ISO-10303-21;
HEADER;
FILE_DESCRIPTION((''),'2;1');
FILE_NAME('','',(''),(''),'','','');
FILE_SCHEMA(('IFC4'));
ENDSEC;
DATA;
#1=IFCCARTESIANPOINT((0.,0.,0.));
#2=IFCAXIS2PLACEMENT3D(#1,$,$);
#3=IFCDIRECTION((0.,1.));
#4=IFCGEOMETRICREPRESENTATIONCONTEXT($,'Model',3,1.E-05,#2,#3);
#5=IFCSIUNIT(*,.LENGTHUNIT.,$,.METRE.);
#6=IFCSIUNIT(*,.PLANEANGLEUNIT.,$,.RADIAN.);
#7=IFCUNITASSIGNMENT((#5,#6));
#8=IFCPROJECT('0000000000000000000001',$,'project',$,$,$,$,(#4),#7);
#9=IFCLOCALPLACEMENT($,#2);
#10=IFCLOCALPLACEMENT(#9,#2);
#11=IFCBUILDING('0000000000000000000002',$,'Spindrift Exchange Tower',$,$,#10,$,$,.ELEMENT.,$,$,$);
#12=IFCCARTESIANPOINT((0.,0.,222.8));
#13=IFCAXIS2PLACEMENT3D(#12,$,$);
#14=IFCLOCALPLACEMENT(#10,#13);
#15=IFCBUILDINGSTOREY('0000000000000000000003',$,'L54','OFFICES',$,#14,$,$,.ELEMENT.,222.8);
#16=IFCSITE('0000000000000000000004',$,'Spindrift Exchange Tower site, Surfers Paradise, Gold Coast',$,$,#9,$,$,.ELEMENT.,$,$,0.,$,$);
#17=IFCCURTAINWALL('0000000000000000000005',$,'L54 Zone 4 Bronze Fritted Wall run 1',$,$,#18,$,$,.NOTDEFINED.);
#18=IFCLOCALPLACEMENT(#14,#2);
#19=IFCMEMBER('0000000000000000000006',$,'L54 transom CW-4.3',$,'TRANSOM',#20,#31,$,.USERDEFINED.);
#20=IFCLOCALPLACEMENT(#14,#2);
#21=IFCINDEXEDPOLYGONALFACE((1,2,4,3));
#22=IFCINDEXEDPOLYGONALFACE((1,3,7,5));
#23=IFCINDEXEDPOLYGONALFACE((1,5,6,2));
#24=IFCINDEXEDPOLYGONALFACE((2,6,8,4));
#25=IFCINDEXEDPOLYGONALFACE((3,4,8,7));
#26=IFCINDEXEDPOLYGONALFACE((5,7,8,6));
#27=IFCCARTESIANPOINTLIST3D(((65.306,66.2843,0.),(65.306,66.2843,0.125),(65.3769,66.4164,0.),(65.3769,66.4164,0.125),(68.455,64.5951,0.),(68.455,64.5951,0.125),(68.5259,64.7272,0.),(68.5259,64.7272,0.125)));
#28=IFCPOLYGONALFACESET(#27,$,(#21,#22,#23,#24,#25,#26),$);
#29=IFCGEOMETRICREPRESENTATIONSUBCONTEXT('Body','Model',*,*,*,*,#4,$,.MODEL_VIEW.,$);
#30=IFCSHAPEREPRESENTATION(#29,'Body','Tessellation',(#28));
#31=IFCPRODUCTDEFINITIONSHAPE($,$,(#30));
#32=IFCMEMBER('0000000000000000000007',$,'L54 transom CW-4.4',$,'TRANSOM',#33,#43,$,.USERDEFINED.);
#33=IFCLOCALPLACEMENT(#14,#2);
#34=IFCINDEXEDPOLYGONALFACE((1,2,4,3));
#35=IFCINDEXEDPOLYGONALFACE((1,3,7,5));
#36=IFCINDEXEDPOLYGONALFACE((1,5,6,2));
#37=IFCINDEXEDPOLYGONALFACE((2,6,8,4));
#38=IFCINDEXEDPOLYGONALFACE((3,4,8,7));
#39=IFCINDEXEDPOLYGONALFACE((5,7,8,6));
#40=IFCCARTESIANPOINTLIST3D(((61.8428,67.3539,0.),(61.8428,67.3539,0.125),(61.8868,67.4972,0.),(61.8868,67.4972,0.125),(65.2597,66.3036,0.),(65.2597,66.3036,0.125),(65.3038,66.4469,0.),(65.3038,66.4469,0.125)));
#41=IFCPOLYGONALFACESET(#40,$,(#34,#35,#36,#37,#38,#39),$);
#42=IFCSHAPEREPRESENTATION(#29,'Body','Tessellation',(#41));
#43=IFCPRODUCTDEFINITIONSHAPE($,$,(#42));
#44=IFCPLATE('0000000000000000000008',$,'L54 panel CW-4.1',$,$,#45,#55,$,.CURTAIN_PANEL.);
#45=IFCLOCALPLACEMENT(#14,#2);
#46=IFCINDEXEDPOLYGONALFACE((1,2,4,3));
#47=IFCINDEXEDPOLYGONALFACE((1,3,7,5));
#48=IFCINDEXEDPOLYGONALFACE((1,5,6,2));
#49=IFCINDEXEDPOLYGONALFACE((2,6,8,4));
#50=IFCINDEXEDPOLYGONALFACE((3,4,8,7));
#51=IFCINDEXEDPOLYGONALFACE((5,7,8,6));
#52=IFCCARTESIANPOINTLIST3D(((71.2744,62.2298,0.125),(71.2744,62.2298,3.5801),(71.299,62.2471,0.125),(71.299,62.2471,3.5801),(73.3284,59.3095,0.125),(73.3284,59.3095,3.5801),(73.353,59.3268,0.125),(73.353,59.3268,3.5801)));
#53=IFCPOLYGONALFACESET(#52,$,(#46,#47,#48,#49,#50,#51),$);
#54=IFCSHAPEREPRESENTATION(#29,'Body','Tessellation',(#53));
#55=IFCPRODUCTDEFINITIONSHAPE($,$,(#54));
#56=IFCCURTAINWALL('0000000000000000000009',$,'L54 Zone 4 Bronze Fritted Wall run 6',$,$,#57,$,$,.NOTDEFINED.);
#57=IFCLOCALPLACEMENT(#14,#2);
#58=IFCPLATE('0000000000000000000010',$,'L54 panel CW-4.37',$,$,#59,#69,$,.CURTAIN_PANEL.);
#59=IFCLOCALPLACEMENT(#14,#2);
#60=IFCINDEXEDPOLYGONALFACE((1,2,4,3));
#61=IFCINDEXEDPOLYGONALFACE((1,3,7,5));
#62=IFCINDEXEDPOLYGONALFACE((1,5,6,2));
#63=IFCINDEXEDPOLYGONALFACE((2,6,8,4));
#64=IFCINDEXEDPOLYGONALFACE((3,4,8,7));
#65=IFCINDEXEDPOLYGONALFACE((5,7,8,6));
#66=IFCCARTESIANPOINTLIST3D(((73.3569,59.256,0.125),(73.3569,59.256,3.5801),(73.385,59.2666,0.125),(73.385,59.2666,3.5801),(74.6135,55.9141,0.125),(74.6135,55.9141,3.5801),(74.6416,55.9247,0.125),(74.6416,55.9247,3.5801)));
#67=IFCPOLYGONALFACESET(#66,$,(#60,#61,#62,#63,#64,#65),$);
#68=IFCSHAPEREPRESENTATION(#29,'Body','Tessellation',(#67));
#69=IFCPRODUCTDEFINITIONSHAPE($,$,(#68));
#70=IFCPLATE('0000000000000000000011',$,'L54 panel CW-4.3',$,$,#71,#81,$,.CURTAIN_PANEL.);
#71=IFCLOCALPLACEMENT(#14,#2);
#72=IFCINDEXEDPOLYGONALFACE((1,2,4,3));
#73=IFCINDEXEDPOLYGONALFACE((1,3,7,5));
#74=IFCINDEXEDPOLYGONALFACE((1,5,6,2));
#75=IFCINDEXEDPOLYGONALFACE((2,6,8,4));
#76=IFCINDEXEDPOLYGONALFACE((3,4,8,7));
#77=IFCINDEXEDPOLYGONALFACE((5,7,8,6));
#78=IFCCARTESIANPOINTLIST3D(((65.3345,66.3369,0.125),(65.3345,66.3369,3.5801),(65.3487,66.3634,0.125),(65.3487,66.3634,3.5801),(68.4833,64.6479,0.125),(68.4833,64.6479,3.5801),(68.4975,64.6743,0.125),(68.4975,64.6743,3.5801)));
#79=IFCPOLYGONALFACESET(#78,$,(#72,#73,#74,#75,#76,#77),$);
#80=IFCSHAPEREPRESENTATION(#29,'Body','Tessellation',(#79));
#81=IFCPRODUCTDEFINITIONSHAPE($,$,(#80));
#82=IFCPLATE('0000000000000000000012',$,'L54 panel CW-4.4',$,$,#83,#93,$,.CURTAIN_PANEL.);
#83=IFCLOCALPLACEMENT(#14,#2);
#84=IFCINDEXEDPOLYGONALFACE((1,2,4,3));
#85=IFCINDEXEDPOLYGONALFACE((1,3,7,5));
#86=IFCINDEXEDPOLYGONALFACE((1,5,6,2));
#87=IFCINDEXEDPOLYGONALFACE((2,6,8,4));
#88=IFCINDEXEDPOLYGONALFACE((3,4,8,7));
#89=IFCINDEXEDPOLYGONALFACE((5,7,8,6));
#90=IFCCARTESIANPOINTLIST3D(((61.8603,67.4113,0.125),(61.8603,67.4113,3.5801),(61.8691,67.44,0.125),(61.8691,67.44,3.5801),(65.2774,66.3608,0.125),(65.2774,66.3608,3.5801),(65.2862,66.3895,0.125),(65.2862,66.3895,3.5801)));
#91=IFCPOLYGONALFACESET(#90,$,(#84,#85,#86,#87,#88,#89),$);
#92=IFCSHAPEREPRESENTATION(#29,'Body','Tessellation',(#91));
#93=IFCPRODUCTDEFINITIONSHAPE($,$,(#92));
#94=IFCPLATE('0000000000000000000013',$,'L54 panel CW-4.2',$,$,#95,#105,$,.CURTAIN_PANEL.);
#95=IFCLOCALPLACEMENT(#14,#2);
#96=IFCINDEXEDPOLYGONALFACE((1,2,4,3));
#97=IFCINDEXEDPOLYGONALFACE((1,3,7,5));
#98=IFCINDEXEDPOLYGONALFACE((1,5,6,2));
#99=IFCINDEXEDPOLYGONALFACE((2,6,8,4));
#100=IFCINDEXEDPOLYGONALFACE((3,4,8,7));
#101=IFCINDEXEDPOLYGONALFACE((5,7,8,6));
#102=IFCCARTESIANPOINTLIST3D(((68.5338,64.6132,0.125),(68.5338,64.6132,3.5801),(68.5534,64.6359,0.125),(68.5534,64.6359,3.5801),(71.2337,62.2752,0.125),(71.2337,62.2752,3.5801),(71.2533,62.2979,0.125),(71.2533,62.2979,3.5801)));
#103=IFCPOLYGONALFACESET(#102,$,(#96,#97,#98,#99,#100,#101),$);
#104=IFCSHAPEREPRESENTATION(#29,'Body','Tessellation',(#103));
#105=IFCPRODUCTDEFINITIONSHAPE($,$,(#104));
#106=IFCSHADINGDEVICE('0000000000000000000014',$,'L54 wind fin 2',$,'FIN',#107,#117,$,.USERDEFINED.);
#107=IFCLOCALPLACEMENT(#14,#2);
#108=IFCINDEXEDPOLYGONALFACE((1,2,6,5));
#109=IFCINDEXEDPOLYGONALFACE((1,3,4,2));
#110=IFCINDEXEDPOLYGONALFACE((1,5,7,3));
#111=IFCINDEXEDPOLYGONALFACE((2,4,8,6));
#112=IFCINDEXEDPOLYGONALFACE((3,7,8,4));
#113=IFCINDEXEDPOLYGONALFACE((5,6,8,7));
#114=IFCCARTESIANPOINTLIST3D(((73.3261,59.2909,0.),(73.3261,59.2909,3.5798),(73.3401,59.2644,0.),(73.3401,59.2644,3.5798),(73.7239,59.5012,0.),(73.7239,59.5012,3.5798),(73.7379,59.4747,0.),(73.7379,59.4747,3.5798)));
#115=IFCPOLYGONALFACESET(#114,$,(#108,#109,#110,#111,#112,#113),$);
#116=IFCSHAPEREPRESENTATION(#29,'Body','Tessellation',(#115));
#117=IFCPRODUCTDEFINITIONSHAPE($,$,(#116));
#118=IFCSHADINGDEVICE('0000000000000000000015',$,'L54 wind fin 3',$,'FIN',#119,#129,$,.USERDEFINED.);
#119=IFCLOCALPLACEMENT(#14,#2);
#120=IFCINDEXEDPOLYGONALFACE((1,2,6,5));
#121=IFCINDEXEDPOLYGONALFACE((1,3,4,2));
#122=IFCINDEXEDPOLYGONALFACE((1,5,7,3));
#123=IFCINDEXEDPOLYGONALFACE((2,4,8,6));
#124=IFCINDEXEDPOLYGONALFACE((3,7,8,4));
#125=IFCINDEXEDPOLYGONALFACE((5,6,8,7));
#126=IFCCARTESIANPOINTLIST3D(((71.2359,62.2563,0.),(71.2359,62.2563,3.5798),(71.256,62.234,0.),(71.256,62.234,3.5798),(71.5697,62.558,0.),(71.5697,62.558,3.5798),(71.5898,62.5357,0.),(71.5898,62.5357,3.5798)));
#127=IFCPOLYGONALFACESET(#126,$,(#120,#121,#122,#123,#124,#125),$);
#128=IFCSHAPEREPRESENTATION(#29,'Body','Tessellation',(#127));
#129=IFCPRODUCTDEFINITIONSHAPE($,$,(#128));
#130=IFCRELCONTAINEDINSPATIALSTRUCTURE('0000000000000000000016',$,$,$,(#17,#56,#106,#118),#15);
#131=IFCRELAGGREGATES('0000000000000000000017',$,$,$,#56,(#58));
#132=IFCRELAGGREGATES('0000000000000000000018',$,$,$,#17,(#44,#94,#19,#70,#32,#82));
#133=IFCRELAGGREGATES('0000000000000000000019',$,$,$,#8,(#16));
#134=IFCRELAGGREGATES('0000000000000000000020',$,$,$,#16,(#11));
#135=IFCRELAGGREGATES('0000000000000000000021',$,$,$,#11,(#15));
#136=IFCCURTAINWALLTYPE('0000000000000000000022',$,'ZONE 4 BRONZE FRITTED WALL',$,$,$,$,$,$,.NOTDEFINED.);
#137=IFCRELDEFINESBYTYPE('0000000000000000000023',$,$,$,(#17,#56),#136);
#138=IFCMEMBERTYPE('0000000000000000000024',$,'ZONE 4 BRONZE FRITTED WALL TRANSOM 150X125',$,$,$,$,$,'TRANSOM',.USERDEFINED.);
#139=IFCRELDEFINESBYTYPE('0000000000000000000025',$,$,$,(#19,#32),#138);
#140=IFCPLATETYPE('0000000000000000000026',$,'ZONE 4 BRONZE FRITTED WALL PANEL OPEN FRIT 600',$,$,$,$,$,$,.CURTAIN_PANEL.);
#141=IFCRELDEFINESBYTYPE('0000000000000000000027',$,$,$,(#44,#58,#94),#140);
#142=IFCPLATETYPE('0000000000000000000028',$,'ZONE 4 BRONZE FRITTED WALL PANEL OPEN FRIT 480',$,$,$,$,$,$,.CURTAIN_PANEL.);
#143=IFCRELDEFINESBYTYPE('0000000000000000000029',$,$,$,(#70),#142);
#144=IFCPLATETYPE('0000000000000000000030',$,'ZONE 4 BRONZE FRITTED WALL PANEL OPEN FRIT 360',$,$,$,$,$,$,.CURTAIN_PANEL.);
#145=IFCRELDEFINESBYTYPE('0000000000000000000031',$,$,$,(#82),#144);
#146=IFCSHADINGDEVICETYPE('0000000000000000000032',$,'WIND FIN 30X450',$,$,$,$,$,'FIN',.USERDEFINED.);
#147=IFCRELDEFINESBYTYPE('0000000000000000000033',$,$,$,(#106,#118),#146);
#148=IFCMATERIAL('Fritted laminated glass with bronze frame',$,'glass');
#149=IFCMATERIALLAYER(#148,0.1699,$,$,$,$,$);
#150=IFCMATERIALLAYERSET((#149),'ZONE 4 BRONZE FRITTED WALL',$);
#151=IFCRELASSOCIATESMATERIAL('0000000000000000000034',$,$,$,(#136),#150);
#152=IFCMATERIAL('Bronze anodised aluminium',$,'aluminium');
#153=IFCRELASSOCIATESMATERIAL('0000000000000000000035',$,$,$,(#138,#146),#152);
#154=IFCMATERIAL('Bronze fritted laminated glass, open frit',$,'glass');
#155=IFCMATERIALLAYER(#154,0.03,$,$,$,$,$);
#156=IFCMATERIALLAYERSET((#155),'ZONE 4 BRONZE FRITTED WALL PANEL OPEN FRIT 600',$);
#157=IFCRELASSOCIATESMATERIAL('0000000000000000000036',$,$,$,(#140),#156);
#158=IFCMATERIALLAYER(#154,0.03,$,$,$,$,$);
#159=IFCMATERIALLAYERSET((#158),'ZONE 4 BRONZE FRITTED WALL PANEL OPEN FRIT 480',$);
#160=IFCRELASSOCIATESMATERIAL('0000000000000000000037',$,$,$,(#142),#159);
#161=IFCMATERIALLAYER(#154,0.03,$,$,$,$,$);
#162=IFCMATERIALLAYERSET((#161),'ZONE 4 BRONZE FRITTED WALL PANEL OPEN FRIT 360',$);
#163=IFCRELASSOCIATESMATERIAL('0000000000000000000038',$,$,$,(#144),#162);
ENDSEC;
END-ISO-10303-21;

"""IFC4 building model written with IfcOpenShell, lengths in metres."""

from ifc_helpers import new_model, si_unit, direction, frame, origin, origin_2d, place, context, subcontext, project, spatial, rectangle, extrude, source, transform, mapped, material, layer, layer_set, material_profile, profile_set, type_object, element, aggregate, save


model = new_model("IFC4")

# Units and contexts
model_context = context("Model", 3, precision=1e-05, world=origin(), true_north=direction((0.0, 1.0)))
body_context = subcontext(model_context, "Body", "Model", "MODEL_VIEW")
ifc_project = project(units=[si_unit("LENGTHUNIT", "METRE"), si_unit("PLANEANGLEUNIT", "RADIAN")], contexts=[model_context])

# Site, building, storey
site_placement = place(None, origin())
site = spatial("IfcSite", under=ifc_project, at=site_placement, Name="Spindrift Exchange Tower site, Surfers Paradise, Gold Coast", CompositionType="ELEMENT", RefElevation=0.0)
building_placement = place(site_placement, origin())
building = spatial("IfcBuilding", under=site, at=building_placement, Name="Spindrift Exchange Tower", CompositionType="ELEMENT")
storey_placement = place(building_placement, frame((0.0, 0.0, 222.8)))
storey = spatial("IfcBuildingStorey", under=building, at=storey_placement, Name="L54", Description="OFFICES", CompositionType="ELEMENT", Elevation=222.8)

# Curtain wall, members, plate
ifc_material_1 = material(Name="Fritted laminated glass with bronze frame", Category="glass")
ifc_layer_1 = layer(ifc_material_1, 0.1699)
ifc_layer_set_1 = layer_set([ifc_layer_1], Name="ZONE 4 BRONZE FRITTED WALL")
curtain_wall_type = type_object("IfcCurtainWallType", Name="ZONE 4 BRONZE FRITTED WALL", PredefinedType="NOTDEFINED", material=ifc_layer_set_1)
curtain_wall_1_placement = place(storey_placement, origin())
curtain_wall_1 = element("IfcCurtainWall", 1, at=curtain_wall_1_placement, inside=storey, type_object=curtain_wall_type, Name="L54 Zone 4 Bronze Fritted Wall run 1", PredefinedType="NOTDEFINED")
ifc_material_2 = material(Name="Bronze anodised aluminium", Category="aluminium")
ifc_material_profile_1 = material_profile(ifc_material_2, rectangle(XDim=0.1499, YDim=0.125, at=origin_2d()), Name="ZONE 4 BRONZE FRITTED WALL TRANSOM 150X125")
ifc_profile_set_1 = profile_set([ifc_material_profile_1], Name="Bronze anodised aluminium")
member_type_1 = type_object("IfcMemberType", Name="ZONE 4 BRONZE FRITTED WALL TRANSOM 150X125", ElementType="TRANSOM", PredefinedType="USERDEFINED", material=ifc_profile_set_1)
shared_shape_1 = source(origin(), body_context, "Body", "SweptSolid", [
    extrude(rectangle(XDim=0.1499, YDim=0.125, at=origin_2d()), origin(), (0.0, 0.0, 1.0), 3.5735),
])
member_1_placement = place(storey_placement, frame((68.4905, 64.6611, 0.0625), z_axis=(-0.881214, 0.472718, 0.0), x_axis=(-0.472718, -0.881214, 0.0)))
member_1 = element("IfcMember", 2, at=member_1_placement, type_object=member_type_1, Name="L54 transom CW-4.3", ObjectType="TRANSOM", PredefinedType="USERDEFINED", context=body_context, shape_type="MappedRepresentation", body=[
    mapped(shared_shape_1, transform((0.0, 0.0, 0.0), scale=1.0)),
])
shared_shape_2 = source(origin(), body_context, "Body", "SweptSolid", [
    extrude(rectangle(XDim=0.1499, YDim=0.125, at=origin_2d()), origin(), (0.0, 0.0, 1.0), 3.5747),
])
member_2_placement = place(storey_placement, frame((65.2817, 66.3752, 0.0625), z_axis=(-0.955865, 0.293807, 0.0), x_axis=(-0.293807, -0.955865, 0.0)))
member_2 = element("IfcMember", 3, at=member_2_placement, type_object=member_type_1, Name="L54 transom CW-4.4", ObjectType="TRANSOM", PredefinedType="USERDEFINED", context=body_context, shape_type="MappedRepresentation", body=[
    mapped(shared_shape_2, transform((0.0, 0.0, 0.0), scale=1.0)),
])
ifc_material_3 = material(Name="Bronze fritted laminated glass, open frit", Category="glass")
ifc_layer_2 = layer(ifc_material_3, 0.03)
ifc_layer_set_2 = layer_set([ifc_layer_2], Name="ZONE 4 BRONZE FRITTED WALL PANEL OPEN FRIT 600")
plate_type_1 = type_object("IfcPlateType", Name="ZONE 4 BRONZE FRITTED WALL PANEL OPEN FRIT 600", PredefinedType="CURTAIN_PANEL", material=ifc_layer_set_2)
shared_shape_3 = source(origin(), body_context, "Body", "SweptSolid", [
    extrude(rectangle(XDim=3.5703, YDim=0.03, at=origin_2d()), origin(), (0.0, 0.0, 1.0), 3.4551),
])
plate_1_placement = place(storey_placement, frame((72.3137, 60.7783, 0.125), z_axis=(0.0, 0.0, 1.0), x_axis=(-0.575298, 0.817944, 0.0)))
plate_1 = element("IfcPlate", 4, at=plate_1_placement, type_object=plate_type_1, Name="L54 panel CW-4.1", PredefinedType="CURTAIN_PANEL", context=body_context, shape_type="MappedRepresentation", body=[
    mapped(shared_shape_3, transform((0.0, 0.0, 0.0), scale=1.0)),
])

# Curtain wall, plate
curtain_wall_2_placement = place(storey_placement, origin())
curtain_wall_2 = element("IfcCurtainWall", 5, at=curtain_wall_2_placement, inside=storey, type_object=curtain_wall_type, Name="L54 Zone 4 Bronze Fritted Wall run 6", PredefinedType="NOTDEFINED")
plate_2_placement = place(storey_placement, frame((73.9993, 57.5903, 0.125), z_axis=(0.0, 0.0, 1.0), x_axis=(-0.351949, 0.936019, 0.0)))
plate_2 = element("IfcPlate", 6, at=plate_2_placement, type_object=plate_type_1, Name="L54 panel CW-4.37", PredefinedType="CURTAIN_PANEL", context=body_context, shape_type="MappedRepresentation", body=[
    mapped(shared_shape_3, transform((0.0, 0.0, 0.0), scale=1.0)),
])
aggregate(curtain_wall_2, [plate_2])

# Plates
ifc_layer_3 = layer(ifc_material_3, 0.03)
ifc_layer_set_3 = layer_set([ifc_layer_3], Name="ZONE 4 BRONZE FRITTED WALL PANEL OPEN FRIT 480")
plate_type_2 = type_object("IfcPlateType", Name="ZONE 4 BRONZE FRITTED WALL PANEL OPEN FRIT 480", PredefinedType="CURTAIN_PANEL", material=ifc_layer_set_3)
shared_shape_4 = source(origin(), body_context, "Body", "SweptSolid", [
    extrude(rectangle(XDim=3.5732, YDim=0.03, at=origin_2d()), origin(), (0.0, 0.0, 1.0), 3.4551),
])
plate_3_placement = place(storey_placement, frame((66.916, 65.5056, 0.125), z_axis=(0.0, 0.0, 1.0), x_axis=(-0.881229, 0.472689, 0.0)))
plate_3 = element("IfcPlate", 7, at=plate_3_placement, type_object=plate_type_2, Name="L54 panel CW-4.3", PredefinedType="CURTAIN_PANEL", context=body_context, shape_type="MappedRepresentation", body=[
    mapped(shared_shape_4, transform((0.0, 0.0, 0.0), scale=1.0)),
])
ifc_layer_4 = layer(ifc_material_3, 0.03)
ifc_layer_set_4 = layer_set([ifc_layer_4], Name="ZONE 4 BRONZE FRITTED WALL PANEL OPEN FRIT 360")
plate_type_3 = type_object("IfcPlateType", Name="ZONE 4 BRONZE FRITTED WALL PANEL OPEN FRIT 360", PredefinedType="CURTAIN_PANEL", material=ifc_layer_set_4)
shared_shape_5 = source(origin(), body_context, "Body", "SweptSolid", [
    extrude(rectangle(XDim=3.575, YDim=0.03, at=origin_2d()), origin(), (0.0, 0.0, 1.0), 3.4551),
])
plate_4_placement = place(storey_placement, frame((63.5732, 66.9004, 0.125), z_axis=(0.0, 0.0, 1.0), x_axis=(-0.95585, 0.293853, 0.0)))
plate_4 = element("IfcPlate", 8, at=plate_4_placement, type_object=plate_type_3, Name="L54 panel CW-4.4", PredefinedType="CURTAIN_PANEL", context=body_context, shape_type="MappedRepresentation", body=[
    mapped(shared_shape_5, transform((0.0, 0.0, 0.0), scale=1.0)),
])
shared_shape_6 = source(origin(), body_context, "Body", "SweptSolid", [
    extrude(rectangle(XDim=3.5715, YDim=0.03, at=origin_2d()), origin(), (0.0, 0.0, 1.0), 3.4551),
])
plate_5_placement = place(storey_placement, frame((69.8936, 63.4556, 0.125), z_axis=(0.0, 0.0, 1.0), x_axis=(-0.755943, 0.654638, 0.0)))
plate_5 = element("IfcPlate", 9, at=plate_5_placement, type_object=plate_type_1, Name="L54 panel CW-4.2", PredefinedType="CURTAIN_PANEL", context=body_context, shape_type="MappedRepresentation", body=[
    mapped(shared_shape_6, transform((0.0, 0.0, 0.0), scale=1.0)),
])
aggregate(curtain_wall_1, [plate_1, plate_5, member_1, plate_3, member_2, plate_4])

# Shading devices
ifc_material_profile_2 = material_profile(ifc_material_2, rectangle(XDim=0.03, YDim=0.45, at=origin_2d()), Name="WIND FIN 30X450")
ifc_profile_set_2 = profile_set([ifc_material_profile_2], Name="Bronze anodised aluminium")
shading_device_type = type_object("IfcShadingDeviceType", Name="WIND FIN 30X450", ElementType="FIN", PredefinedType="USERDEFINED", material=ifc_profile_set_2)
shared_shape_7 = source(origin(), body_context, "Body", "SweptSolid", [
    extrude(rectangle(XDim=0.03, YDim=0.45, at=origin_2d()), origin(), (0.0, 0.0, 1.0), 3.5798),
])
for number, where, z_axis, x_axis, name in (
    (10, (73.532, 59.3828, 0.0), (0.0, 0.0, 1.0), (-0.467367, 0.884064, 0.0), "L54 wind fin 2"),
    (11, (71.4128, 62.396, 0.0), (0.0, 0.0, 1.0), (-0.67061, 0.74181, 0.0), "L54 wind fin 3"),
):
    element("IfcShadingDevice", number, at=place(storey_placement, frame(where, z_axis=z_axis, x_axis=x_axis)), inside=storey, type_object=shading_device_type, Name=name, ObjectType="FIN", PredefinedType="USERDEFINED", context=body_context, shape_type="MappedRepresentation", body=[
        mapped(shared_shape_7, transform((0.0, 0.0, 0.0), scale=1.0)),
    ])

save(model, "model.ifc")
